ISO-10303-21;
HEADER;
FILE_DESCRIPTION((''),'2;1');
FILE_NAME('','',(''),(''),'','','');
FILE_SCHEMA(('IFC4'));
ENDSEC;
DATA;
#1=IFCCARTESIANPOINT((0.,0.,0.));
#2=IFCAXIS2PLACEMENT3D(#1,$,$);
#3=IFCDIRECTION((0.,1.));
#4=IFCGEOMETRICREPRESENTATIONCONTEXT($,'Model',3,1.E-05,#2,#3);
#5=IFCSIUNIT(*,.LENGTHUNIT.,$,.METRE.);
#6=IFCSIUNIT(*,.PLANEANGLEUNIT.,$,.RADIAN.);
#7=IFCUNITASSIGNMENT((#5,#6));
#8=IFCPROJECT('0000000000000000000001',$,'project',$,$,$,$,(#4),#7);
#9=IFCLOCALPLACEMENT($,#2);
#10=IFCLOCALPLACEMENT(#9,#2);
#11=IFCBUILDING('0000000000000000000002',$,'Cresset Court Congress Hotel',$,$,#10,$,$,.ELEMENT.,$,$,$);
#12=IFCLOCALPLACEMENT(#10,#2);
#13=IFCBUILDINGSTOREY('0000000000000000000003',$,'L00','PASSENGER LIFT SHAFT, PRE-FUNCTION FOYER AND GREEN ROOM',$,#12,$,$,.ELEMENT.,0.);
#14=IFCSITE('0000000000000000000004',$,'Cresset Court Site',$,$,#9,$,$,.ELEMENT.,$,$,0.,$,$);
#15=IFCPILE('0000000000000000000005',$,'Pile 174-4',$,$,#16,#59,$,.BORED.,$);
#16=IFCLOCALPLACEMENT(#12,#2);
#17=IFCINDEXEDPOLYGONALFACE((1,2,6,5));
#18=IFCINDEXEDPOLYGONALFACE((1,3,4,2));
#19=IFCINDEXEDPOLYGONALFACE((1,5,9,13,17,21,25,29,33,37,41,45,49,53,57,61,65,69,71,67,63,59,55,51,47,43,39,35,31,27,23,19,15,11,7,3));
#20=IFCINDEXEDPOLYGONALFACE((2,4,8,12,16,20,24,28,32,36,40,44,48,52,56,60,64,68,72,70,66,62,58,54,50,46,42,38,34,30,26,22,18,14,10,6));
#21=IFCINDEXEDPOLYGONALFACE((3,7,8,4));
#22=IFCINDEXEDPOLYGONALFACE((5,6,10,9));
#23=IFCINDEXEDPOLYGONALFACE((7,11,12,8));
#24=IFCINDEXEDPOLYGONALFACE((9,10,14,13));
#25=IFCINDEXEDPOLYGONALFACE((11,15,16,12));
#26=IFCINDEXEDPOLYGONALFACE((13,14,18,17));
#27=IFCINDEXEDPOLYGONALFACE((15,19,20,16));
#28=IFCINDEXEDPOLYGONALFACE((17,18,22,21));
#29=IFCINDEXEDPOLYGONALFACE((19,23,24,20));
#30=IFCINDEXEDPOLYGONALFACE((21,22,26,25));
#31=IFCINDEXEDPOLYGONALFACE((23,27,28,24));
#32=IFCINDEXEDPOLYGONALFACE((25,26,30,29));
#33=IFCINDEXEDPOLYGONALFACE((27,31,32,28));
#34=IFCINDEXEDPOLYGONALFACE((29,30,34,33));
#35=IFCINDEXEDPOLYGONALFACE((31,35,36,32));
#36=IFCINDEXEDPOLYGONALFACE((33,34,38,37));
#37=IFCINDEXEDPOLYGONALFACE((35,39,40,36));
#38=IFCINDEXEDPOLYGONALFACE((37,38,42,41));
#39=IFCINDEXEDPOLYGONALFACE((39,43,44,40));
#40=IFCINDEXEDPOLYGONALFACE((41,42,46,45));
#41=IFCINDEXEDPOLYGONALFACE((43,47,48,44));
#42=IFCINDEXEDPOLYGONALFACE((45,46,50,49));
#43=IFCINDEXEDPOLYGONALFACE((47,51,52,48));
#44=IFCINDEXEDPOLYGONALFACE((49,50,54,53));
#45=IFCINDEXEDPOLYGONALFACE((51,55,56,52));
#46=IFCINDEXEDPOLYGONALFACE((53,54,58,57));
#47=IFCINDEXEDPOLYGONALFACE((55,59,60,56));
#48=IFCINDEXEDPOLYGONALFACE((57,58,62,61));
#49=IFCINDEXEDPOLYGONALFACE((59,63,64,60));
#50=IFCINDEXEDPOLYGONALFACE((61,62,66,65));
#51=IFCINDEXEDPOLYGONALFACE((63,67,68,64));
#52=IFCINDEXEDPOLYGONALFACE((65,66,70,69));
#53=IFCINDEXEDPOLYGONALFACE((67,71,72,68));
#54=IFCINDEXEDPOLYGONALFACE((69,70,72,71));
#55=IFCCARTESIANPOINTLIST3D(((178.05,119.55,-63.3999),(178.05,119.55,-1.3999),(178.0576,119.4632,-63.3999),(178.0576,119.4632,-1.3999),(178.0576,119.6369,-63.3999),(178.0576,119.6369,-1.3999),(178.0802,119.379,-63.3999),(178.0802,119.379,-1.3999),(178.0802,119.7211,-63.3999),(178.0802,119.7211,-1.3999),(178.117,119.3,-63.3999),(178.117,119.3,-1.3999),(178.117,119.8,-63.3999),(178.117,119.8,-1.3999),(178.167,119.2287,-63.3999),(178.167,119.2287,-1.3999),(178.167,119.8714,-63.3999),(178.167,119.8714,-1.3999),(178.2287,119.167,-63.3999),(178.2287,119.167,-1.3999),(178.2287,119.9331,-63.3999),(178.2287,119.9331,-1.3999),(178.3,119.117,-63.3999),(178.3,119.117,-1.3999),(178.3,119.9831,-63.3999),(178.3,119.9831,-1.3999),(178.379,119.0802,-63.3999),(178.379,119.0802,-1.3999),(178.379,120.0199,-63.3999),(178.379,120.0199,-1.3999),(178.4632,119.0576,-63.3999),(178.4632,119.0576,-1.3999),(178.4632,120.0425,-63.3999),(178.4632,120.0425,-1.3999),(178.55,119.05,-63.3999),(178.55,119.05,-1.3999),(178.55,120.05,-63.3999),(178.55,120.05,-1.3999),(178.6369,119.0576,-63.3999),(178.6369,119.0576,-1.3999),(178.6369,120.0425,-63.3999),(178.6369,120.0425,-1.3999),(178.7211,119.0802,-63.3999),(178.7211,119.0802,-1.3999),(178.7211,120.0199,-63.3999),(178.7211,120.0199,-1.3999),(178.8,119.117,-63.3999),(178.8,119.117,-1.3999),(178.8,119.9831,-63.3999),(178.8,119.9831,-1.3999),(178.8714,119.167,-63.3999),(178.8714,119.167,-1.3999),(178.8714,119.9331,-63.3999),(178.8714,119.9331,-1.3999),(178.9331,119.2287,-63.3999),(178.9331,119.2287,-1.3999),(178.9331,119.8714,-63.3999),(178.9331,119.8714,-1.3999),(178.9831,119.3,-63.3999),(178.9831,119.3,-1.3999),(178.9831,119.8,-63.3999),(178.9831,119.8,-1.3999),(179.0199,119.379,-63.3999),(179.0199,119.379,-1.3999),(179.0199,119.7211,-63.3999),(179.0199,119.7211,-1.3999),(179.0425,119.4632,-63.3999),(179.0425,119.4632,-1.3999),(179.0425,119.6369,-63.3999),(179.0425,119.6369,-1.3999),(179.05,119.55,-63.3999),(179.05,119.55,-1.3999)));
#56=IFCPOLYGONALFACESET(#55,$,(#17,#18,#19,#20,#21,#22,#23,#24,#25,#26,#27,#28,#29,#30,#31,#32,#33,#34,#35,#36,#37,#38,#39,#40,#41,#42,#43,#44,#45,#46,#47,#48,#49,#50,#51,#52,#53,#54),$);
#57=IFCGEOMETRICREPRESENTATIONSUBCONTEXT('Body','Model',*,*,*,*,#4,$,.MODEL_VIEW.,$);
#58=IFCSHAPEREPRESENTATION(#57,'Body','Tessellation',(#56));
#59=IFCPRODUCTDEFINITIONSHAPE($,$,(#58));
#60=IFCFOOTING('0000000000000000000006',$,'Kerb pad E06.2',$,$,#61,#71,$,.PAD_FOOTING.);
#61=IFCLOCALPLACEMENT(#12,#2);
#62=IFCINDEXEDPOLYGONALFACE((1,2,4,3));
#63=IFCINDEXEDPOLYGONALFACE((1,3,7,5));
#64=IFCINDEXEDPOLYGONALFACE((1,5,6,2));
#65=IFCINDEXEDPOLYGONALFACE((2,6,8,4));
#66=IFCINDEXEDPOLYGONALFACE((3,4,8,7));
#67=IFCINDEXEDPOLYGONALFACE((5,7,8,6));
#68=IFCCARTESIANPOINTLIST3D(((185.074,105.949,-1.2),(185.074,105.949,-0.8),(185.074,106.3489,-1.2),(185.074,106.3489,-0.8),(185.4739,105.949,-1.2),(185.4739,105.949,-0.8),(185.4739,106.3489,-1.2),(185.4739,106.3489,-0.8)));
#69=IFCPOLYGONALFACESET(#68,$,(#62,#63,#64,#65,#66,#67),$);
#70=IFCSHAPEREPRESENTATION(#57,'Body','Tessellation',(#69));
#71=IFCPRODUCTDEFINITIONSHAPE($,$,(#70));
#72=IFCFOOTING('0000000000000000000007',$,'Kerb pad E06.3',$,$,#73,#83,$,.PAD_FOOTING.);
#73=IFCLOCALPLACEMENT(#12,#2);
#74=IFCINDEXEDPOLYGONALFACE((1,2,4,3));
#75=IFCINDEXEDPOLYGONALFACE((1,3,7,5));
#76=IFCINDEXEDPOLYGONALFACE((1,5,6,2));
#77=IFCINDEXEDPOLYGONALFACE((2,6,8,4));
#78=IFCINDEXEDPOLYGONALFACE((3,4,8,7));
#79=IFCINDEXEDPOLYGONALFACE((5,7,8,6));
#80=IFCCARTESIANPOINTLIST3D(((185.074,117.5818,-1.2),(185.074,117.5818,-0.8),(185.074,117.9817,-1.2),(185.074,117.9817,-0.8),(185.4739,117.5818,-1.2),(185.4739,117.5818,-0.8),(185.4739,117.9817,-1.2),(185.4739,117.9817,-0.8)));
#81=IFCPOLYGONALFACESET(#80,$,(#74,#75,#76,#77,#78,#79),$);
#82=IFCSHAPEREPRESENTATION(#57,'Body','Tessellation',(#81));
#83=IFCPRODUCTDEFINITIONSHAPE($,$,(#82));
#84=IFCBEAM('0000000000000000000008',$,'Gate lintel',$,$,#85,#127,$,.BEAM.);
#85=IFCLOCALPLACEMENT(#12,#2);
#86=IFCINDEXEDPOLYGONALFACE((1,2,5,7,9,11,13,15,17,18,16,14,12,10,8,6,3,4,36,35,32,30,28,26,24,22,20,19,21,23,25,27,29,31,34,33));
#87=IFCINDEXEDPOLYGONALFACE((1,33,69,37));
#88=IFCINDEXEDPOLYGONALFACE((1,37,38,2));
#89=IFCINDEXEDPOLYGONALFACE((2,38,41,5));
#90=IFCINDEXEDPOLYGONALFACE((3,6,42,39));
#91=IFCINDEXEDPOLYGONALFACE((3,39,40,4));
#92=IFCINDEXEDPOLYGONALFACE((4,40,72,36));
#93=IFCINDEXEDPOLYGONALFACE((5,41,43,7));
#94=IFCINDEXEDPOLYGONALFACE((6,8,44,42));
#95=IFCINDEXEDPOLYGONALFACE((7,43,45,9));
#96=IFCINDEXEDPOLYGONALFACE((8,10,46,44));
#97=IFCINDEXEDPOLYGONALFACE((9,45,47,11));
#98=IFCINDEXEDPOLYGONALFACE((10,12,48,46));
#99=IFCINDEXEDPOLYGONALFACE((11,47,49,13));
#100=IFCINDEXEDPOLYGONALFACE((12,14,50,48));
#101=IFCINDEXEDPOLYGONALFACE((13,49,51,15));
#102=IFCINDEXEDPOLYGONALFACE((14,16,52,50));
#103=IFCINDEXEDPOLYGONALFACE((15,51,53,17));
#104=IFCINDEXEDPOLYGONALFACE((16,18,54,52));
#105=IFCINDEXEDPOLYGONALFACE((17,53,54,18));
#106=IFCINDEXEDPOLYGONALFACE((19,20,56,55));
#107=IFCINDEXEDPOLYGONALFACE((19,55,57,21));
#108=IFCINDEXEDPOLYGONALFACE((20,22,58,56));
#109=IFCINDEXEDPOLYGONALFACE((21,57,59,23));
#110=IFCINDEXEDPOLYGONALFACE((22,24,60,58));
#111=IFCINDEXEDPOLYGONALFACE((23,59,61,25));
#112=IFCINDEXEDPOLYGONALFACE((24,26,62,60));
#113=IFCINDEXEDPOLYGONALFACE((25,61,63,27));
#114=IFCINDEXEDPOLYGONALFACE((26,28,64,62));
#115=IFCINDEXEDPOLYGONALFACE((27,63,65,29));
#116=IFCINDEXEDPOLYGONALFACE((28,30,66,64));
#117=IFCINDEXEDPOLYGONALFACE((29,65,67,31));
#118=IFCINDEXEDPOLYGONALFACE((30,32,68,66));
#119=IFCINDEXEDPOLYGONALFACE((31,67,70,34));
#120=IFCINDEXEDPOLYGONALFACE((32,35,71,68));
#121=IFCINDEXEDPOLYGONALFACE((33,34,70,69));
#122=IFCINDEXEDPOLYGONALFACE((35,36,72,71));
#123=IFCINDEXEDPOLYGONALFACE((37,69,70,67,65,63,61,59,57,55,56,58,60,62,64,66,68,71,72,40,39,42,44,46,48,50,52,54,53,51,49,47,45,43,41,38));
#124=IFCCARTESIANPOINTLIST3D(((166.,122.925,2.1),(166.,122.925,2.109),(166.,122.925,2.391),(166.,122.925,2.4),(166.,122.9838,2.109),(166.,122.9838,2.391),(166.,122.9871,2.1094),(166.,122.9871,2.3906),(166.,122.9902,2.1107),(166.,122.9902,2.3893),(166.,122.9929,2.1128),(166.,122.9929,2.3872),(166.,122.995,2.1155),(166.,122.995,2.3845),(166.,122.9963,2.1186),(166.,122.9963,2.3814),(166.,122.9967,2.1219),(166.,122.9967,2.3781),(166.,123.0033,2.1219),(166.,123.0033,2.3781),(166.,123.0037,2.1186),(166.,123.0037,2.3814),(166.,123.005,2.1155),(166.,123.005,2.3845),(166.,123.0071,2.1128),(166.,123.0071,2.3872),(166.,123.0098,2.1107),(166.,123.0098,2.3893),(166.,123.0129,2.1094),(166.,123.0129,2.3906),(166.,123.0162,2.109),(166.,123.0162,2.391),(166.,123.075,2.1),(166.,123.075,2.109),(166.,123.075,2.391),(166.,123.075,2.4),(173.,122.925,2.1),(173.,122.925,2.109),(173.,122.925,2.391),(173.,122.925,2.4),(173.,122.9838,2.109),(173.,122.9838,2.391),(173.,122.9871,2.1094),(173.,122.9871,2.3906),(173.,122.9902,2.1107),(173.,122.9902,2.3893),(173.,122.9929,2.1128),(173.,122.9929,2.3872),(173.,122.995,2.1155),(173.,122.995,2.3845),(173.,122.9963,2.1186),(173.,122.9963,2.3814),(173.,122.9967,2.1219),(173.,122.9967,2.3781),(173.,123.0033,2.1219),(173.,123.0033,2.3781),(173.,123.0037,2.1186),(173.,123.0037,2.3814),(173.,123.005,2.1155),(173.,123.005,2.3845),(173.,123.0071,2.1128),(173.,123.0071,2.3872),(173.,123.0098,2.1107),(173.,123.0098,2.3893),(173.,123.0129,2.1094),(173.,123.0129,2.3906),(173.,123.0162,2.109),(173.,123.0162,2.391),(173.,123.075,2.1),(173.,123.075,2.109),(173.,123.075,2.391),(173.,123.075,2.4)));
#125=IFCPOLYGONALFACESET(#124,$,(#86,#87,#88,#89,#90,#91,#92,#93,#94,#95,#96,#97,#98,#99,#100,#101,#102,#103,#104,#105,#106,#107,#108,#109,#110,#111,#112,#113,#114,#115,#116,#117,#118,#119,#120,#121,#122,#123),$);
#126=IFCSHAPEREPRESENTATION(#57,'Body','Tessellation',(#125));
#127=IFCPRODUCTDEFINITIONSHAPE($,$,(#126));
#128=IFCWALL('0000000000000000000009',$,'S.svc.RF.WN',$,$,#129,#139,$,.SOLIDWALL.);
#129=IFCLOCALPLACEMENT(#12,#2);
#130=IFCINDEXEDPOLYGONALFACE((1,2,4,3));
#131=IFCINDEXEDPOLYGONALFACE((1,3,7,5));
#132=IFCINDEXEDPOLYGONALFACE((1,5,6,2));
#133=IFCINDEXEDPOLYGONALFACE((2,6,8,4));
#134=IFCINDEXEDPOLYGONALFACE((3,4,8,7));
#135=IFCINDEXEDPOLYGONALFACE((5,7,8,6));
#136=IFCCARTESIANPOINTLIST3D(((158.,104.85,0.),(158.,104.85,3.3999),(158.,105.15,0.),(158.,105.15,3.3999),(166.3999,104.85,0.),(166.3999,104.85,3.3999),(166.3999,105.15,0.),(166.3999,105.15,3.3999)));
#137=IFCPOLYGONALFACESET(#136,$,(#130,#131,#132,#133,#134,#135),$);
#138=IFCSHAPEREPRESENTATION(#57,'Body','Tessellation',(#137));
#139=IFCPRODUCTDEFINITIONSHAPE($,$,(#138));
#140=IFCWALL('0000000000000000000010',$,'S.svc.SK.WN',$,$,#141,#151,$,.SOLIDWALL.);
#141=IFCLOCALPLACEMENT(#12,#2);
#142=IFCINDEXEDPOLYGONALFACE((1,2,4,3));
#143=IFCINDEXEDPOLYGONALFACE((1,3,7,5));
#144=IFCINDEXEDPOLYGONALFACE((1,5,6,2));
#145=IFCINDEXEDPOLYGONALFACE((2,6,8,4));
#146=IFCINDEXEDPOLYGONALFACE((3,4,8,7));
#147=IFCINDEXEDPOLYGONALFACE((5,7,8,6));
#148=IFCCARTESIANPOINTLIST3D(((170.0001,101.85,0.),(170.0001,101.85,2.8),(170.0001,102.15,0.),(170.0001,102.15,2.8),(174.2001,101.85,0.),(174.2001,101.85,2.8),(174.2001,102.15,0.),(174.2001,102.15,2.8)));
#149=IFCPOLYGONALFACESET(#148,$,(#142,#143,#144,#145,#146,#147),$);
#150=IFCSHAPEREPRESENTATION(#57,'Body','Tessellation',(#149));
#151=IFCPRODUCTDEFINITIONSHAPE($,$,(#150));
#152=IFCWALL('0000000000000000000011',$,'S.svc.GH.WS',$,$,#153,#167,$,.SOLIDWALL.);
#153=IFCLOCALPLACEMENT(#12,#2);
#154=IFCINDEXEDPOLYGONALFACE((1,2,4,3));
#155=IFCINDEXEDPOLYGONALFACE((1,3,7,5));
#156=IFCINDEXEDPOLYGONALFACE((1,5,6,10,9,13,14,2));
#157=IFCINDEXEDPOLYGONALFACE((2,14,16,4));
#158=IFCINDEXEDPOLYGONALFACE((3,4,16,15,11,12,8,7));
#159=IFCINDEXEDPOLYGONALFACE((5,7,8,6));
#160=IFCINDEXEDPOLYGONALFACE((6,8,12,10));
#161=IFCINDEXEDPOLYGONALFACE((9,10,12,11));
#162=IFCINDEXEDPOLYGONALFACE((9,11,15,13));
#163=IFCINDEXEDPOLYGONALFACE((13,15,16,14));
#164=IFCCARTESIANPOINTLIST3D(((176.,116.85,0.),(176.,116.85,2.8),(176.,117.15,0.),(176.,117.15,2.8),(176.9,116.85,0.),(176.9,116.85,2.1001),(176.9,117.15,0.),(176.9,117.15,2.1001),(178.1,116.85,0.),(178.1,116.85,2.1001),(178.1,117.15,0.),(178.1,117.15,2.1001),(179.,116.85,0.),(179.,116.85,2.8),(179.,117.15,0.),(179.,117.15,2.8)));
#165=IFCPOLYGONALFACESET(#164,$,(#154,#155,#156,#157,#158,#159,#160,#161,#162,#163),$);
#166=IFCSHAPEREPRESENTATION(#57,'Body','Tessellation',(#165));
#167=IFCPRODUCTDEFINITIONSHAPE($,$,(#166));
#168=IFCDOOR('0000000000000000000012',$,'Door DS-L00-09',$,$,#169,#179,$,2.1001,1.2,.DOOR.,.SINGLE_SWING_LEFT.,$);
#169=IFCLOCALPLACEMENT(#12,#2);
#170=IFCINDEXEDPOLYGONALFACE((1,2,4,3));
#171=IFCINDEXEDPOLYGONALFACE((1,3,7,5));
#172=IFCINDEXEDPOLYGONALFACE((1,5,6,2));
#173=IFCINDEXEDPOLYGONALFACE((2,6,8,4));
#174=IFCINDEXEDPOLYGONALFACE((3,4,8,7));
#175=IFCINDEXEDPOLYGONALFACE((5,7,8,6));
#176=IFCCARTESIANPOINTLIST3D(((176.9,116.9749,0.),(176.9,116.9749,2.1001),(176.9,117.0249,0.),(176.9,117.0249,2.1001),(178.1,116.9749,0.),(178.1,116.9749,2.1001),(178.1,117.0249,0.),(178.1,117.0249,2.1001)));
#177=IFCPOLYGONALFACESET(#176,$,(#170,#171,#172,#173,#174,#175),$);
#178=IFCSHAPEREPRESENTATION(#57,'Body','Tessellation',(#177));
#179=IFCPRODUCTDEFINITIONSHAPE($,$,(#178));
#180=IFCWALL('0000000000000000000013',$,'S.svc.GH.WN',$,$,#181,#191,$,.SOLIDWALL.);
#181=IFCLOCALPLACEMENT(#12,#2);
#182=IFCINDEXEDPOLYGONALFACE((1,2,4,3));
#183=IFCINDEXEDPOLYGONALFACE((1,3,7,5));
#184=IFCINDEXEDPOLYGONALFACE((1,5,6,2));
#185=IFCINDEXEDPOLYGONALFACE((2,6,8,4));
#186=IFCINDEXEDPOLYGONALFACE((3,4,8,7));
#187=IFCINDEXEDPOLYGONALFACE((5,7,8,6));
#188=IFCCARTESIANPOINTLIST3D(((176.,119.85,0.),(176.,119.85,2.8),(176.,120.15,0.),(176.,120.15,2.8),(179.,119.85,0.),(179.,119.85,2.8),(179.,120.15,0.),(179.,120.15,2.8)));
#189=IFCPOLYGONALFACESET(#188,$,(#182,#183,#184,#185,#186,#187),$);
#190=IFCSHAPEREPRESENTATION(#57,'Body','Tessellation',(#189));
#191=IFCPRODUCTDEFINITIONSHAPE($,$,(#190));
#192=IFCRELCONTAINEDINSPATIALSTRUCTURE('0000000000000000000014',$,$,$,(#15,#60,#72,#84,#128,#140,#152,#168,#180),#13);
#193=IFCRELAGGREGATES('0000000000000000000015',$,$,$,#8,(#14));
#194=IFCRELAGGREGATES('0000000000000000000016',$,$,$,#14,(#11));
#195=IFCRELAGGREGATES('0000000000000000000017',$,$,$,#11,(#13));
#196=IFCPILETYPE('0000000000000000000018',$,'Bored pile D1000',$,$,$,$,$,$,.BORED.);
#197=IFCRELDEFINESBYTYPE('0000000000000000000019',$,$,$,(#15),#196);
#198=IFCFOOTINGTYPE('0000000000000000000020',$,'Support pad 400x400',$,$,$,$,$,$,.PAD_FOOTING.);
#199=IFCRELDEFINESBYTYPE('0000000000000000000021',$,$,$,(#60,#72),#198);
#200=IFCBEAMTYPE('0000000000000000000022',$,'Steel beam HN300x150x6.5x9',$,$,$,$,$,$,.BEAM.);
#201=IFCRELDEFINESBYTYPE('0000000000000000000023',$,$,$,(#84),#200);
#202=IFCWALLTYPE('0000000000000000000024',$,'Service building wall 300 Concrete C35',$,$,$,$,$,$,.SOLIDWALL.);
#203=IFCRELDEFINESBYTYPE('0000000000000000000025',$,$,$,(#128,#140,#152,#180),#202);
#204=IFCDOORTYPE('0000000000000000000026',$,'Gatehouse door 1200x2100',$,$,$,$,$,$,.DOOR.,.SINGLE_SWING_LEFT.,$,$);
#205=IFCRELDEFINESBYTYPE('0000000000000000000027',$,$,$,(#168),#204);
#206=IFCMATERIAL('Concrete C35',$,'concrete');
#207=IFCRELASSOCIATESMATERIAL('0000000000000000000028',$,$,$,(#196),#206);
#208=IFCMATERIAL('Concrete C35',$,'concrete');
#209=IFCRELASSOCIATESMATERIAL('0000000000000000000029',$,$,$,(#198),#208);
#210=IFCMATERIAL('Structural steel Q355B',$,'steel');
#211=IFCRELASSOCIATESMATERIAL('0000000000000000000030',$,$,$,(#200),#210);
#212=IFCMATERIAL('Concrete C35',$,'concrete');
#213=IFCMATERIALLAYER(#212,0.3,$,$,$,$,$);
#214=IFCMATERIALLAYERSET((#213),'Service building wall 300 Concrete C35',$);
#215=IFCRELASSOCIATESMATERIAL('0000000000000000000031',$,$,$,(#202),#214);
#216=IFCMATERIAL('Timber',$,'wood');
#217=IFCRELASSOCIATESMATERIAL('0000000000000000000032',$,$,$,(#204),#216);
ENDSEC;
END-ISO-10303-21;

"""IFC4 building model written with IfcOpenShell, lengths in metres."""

from ifc_helpers import new_model, si_unit, direction, frame, frame_2d, origin, origin_2d, place, context, subcontext, project, spatial, rectangle, circle, i_section, extrude, material, layer, layer_set, material_profile, profile_set, type_object, element, fill, save


model = new_model("IFC4")

# Units and contexts
model_context = context("Model", 3, precision=1e-05, world=origin(), true_north=direction((0.0, 1.0)))
body_context = subcontext(model_context, "Body", "Model", "MODEL_VIEW")
ifc_project = project(units=[si_unit("LENGTHUNIT", "METRE"), si_unit("PLANEANGLEUNIT", "RADIAN")], contexts=[model_context])

# Site, building, storey
site_placement = place(None, origin())
site = spatial("IfcSite", under=ifc_project, at=site_placement, Name="Cresset Court Site", CompositionType="ELEMENT", RefElevation=0.0)
building_placement = place(site_placement, origin())
building = spatial("IfcBuilding", under=site, at=building_placement, Name="Cresset Court Congress Hotel", CompositionType="ELEMENT")
storey_placement = place(building_placement, origin())
storey = spatial("IfcBuildingStorey", under=building, at=storey_placement, Name="L00", Description="PASSENGER LIFT SHAFT, PRE-FUNCTION FOYER AND GREEN ROOM", CompositionType="ELEMENT", Elevation=0.0)

# Pile
ifc_material_1 = material(Name="Concrete C35", Category="concrete")
pile_type = type_object("IfcPileType", Name="Bored pile D1000", PredefinedType="BORED", material=ifc_material_1)
for number, where, z_axis, x_axis, name in (
    (1, (178.55, 119.55, -1.3999), (0.0, 0.0, -1.0), (1.0, 0.0, 0.0), "Pile 174-4"),
):
    element("IfcPile", number, at=place(storey_placement, frame(where, z_axis=z_axis, x_axis=x_axis)), inside=storey, type_object=pile_type, Name=name, PredefinedType="BORED", context=body_context, shape_type="SweptSolid", body=[
        extrude(circle(Radius=0.5, at=origin_2d()), origin(), (0.0, 0.0, 1.0), 62.0),
    ])

# Footings
ifc_material_2 = material(Name="Concrete C35", Category="concrete")
footing_type = type_object("IfcFootingType", Name="Support pad 400x400", PredefinedType="PAD_FOOTING", material=ifc_material_2)
for number, where, z_axis, x_axis, name in (
    (2, (185.2739, 106.1489, -1.2), (0.0, 0.0, 1.0), (1.0, 0.0, 0.0), "Kerb pad E06.2"),
    (3, (185.2739, 117.7817, -1.2), (0.0, 0.0, 1.0), (1.0, 0.0, 0.0), "Kerb pad E06.3"),
):
    element("IfcFooting", number, at=place(storey_placement, frame(where, z_axis=z_axis, x_axis=x_axis)), inside=storey, type_object=footing_type, Name=name, PredefinedType="PAD_FOOTING", context=body_context, shape_type="SweptSolid", body=[
        extrude(rectangle(XDim=0.3999, YDim=0.3999, at=origin_2d()), origin(), (0.0, 0.0, 1.0), 0.3999),
    ])

# Beam
ifc_material_3 = material(Name="Structural steel Q355B", Category="steel")
ifc_material_profile = material_profile(ifc_material_3, i_section(OverallWidth=0.1499, OverallDepth=0.3, WebThickness=0.0066, FlangeThickness=0.009, FilletRadius=0.0129, at=origin_2d()), Name="HN300x150x6.5x9")
ifc_profile_set = profile_set([ifc_material_profile], Name="Structural steel Q355B")
beam_type = type_object("IfcBeamType", Name="Steel beam HN300x150x6.5x9", PredefinedType="BEAM", material=ifc_profile_set)
beam_placement = place(storey_placement, frame((166.0, 123.0, 2.25), z_axis=(1.0, 0.0, 0.0), x_axis=(0.0, 1.0, 0.0)))
element("IfcBeam", 4, at=beam_placement, inside=storey, type_object=beam_type, Name="Gate lintel", PredefinedType="BEAM", context=body_context, shape_type="SweptSolid", body=[
    extrude(i_section(OverallWidth=0.1499, OverallDepth=0.3, WebThickness=0.0066, FlangeThickness=0.009, FilletRadius=0.0129, at=origin_2d()), origin(), (0.0, 0.0, 1.0), 7.0),
])

# Walls
ifc_material_4 = material(Name="Concrete C35", Category="concrete")
ifc_layer_1 = layer(ifc_material_4, 0.3)
ifc_layer_set_1 = layer_set([ifc_layer_1], Name="Service building wall 300 Concrete C35")
wall_type_1 = type_object("IfcWallType", Name="Service building wall 300 Concrete C35", PredefinedType="SOLIDWALL", material=ifc_layer_set_1)
wall_1_placement = place(storey_placement, frame((158.0, 105.0, 0.0), z_axis=(0.0, 0.0, 1.0), x_axis=(1.0, 0.0, 0.0)))
element("IfcWall", 5, at=wall_1_placement, inside=storey, type_object=wall_type_1, Name="S.svc.RF.WN", PredefinedType="SOLIDWALL", context=body_context, shape_type="SweptSolid", body=[
    extrude(rectangle(XDim=8.3999, YDim=0.3, at=frame_2d((4.2, 0.0))), origin(), (0.0, 0.0, 1.0), 3.3999),
])
wall_2_placement = place(storey_placement, frame((170.0, 102.0, 0.0), z_axis=(0.0, 0.0, 1.0), x_axis=(1.0, 0.0, 0.0)))
element("IfcWall", 6, at=wall_2_placement, inside=storey, type_object=wall_type_1, Name="S.svc.SK.WN", PredefinedType="SOLIDWALL", context=body_context, shape_type="SweptSolid", body=[
    extrude(rectangle(XDim=4.2, YDim=0.3, at=frame_2d((2.1001, 0.0))), origin(), (0.0, 0.0, 1.0), 2.8),
])

# Wall, opening, door
wall_3_placement = place(storey_placement, frame((176.0, 117.0, 0.0), z_axis=(0.0, 0.0, 1.0), x_axis=(1.0, 0.0, 0.0)))
wall_3 = element("IfcWall", 7, at=wall_3_placement, inside=storey, type_object=wall_type_1, Name="S.svc.GH.WS", PredefinedType="SOLIDWALL", context=body_context, shape_type="SweptSolid", body=[
    extrude(rectangle(XDim=3.0, YDim=0.3, at=frame_2d((1.5, 0.0))), origin(), (0.0, 0.0, 1.0), 2.8),
])
opening_placement = place(wall_3_placement, frame((0.8999, 0.0, 0.0)))
opening = element("IfcOpeningElement", 8, at=opening_placement, cuts=wall_3, PredefinedType="OPENING", context=body_context, shape_type="SweptSolid", body=[
    extrude(rectangle(XDim=1.2, YDim=2.1001, at=frame_2d((0.6001, 1.05))), frame((0.0, 0.1599, 0.0), z_axis=(0.0, -1.0, 0.0), x_axis=(1.0, 0.0, 0.0)), (0.0, 0.0, 1.0), 0.3201),
])
ifc_material_5 = material(Name="Timber", Category="wood")
door_type = type_object("IfcDoorType", Name="Gatehouse door 1200x2100", OperationType="SINGLE_SWING_LEFT", PredefinedType="DOOR", material=ifc_material_5)
door_placement = place(opening_placement, origin())
door = element("IfcDoor", 9, at=door_placement, inside=storey, type_object=door_type, Name="Door DS-L00-09", OperationType="SINGLE_SWING_LEFT", OverallHeight=2.1001, OverallWidth=1.2, PredefinedType="DOOR", context=body_context, shape_type="SweptSolid", body=[
    extrude(rectangle(XDim=1.2, YDim=2.1001, at=frame_2d((0.6001, 1.05))), frame((0.0, 0.0249, 0.0), z_axis=(0.0, -1.0, 0.0), x_axis=(1.0, 0.0, 0.0)), (0.0, 0.0, 1.0), 0.05),
])
fill(opening, door)

# Wall
wall_4_placement = place(storey_placement, frame((176.0, 120.0, 0.0), z_axis=(0.0, 0.0, 1.0), x_axis=(1.0, 0.0, 0.0)))
element("IfcWall", 10, at=wall_4_placement, inside=storey, type_object=wall_type_1, Name="S.svc.GH.WN", PredefinedType="SOLIDWALL", context=body_context, shape_type="SweptSolid", body=[
    extrude(rectangle(XDim=3.0, YDim=0.3, at=frame_2d((1.5, 0.0))), origin(), (0.0, 0.0, 1.0), 2.8),
])

save(model, "model.ifc")
